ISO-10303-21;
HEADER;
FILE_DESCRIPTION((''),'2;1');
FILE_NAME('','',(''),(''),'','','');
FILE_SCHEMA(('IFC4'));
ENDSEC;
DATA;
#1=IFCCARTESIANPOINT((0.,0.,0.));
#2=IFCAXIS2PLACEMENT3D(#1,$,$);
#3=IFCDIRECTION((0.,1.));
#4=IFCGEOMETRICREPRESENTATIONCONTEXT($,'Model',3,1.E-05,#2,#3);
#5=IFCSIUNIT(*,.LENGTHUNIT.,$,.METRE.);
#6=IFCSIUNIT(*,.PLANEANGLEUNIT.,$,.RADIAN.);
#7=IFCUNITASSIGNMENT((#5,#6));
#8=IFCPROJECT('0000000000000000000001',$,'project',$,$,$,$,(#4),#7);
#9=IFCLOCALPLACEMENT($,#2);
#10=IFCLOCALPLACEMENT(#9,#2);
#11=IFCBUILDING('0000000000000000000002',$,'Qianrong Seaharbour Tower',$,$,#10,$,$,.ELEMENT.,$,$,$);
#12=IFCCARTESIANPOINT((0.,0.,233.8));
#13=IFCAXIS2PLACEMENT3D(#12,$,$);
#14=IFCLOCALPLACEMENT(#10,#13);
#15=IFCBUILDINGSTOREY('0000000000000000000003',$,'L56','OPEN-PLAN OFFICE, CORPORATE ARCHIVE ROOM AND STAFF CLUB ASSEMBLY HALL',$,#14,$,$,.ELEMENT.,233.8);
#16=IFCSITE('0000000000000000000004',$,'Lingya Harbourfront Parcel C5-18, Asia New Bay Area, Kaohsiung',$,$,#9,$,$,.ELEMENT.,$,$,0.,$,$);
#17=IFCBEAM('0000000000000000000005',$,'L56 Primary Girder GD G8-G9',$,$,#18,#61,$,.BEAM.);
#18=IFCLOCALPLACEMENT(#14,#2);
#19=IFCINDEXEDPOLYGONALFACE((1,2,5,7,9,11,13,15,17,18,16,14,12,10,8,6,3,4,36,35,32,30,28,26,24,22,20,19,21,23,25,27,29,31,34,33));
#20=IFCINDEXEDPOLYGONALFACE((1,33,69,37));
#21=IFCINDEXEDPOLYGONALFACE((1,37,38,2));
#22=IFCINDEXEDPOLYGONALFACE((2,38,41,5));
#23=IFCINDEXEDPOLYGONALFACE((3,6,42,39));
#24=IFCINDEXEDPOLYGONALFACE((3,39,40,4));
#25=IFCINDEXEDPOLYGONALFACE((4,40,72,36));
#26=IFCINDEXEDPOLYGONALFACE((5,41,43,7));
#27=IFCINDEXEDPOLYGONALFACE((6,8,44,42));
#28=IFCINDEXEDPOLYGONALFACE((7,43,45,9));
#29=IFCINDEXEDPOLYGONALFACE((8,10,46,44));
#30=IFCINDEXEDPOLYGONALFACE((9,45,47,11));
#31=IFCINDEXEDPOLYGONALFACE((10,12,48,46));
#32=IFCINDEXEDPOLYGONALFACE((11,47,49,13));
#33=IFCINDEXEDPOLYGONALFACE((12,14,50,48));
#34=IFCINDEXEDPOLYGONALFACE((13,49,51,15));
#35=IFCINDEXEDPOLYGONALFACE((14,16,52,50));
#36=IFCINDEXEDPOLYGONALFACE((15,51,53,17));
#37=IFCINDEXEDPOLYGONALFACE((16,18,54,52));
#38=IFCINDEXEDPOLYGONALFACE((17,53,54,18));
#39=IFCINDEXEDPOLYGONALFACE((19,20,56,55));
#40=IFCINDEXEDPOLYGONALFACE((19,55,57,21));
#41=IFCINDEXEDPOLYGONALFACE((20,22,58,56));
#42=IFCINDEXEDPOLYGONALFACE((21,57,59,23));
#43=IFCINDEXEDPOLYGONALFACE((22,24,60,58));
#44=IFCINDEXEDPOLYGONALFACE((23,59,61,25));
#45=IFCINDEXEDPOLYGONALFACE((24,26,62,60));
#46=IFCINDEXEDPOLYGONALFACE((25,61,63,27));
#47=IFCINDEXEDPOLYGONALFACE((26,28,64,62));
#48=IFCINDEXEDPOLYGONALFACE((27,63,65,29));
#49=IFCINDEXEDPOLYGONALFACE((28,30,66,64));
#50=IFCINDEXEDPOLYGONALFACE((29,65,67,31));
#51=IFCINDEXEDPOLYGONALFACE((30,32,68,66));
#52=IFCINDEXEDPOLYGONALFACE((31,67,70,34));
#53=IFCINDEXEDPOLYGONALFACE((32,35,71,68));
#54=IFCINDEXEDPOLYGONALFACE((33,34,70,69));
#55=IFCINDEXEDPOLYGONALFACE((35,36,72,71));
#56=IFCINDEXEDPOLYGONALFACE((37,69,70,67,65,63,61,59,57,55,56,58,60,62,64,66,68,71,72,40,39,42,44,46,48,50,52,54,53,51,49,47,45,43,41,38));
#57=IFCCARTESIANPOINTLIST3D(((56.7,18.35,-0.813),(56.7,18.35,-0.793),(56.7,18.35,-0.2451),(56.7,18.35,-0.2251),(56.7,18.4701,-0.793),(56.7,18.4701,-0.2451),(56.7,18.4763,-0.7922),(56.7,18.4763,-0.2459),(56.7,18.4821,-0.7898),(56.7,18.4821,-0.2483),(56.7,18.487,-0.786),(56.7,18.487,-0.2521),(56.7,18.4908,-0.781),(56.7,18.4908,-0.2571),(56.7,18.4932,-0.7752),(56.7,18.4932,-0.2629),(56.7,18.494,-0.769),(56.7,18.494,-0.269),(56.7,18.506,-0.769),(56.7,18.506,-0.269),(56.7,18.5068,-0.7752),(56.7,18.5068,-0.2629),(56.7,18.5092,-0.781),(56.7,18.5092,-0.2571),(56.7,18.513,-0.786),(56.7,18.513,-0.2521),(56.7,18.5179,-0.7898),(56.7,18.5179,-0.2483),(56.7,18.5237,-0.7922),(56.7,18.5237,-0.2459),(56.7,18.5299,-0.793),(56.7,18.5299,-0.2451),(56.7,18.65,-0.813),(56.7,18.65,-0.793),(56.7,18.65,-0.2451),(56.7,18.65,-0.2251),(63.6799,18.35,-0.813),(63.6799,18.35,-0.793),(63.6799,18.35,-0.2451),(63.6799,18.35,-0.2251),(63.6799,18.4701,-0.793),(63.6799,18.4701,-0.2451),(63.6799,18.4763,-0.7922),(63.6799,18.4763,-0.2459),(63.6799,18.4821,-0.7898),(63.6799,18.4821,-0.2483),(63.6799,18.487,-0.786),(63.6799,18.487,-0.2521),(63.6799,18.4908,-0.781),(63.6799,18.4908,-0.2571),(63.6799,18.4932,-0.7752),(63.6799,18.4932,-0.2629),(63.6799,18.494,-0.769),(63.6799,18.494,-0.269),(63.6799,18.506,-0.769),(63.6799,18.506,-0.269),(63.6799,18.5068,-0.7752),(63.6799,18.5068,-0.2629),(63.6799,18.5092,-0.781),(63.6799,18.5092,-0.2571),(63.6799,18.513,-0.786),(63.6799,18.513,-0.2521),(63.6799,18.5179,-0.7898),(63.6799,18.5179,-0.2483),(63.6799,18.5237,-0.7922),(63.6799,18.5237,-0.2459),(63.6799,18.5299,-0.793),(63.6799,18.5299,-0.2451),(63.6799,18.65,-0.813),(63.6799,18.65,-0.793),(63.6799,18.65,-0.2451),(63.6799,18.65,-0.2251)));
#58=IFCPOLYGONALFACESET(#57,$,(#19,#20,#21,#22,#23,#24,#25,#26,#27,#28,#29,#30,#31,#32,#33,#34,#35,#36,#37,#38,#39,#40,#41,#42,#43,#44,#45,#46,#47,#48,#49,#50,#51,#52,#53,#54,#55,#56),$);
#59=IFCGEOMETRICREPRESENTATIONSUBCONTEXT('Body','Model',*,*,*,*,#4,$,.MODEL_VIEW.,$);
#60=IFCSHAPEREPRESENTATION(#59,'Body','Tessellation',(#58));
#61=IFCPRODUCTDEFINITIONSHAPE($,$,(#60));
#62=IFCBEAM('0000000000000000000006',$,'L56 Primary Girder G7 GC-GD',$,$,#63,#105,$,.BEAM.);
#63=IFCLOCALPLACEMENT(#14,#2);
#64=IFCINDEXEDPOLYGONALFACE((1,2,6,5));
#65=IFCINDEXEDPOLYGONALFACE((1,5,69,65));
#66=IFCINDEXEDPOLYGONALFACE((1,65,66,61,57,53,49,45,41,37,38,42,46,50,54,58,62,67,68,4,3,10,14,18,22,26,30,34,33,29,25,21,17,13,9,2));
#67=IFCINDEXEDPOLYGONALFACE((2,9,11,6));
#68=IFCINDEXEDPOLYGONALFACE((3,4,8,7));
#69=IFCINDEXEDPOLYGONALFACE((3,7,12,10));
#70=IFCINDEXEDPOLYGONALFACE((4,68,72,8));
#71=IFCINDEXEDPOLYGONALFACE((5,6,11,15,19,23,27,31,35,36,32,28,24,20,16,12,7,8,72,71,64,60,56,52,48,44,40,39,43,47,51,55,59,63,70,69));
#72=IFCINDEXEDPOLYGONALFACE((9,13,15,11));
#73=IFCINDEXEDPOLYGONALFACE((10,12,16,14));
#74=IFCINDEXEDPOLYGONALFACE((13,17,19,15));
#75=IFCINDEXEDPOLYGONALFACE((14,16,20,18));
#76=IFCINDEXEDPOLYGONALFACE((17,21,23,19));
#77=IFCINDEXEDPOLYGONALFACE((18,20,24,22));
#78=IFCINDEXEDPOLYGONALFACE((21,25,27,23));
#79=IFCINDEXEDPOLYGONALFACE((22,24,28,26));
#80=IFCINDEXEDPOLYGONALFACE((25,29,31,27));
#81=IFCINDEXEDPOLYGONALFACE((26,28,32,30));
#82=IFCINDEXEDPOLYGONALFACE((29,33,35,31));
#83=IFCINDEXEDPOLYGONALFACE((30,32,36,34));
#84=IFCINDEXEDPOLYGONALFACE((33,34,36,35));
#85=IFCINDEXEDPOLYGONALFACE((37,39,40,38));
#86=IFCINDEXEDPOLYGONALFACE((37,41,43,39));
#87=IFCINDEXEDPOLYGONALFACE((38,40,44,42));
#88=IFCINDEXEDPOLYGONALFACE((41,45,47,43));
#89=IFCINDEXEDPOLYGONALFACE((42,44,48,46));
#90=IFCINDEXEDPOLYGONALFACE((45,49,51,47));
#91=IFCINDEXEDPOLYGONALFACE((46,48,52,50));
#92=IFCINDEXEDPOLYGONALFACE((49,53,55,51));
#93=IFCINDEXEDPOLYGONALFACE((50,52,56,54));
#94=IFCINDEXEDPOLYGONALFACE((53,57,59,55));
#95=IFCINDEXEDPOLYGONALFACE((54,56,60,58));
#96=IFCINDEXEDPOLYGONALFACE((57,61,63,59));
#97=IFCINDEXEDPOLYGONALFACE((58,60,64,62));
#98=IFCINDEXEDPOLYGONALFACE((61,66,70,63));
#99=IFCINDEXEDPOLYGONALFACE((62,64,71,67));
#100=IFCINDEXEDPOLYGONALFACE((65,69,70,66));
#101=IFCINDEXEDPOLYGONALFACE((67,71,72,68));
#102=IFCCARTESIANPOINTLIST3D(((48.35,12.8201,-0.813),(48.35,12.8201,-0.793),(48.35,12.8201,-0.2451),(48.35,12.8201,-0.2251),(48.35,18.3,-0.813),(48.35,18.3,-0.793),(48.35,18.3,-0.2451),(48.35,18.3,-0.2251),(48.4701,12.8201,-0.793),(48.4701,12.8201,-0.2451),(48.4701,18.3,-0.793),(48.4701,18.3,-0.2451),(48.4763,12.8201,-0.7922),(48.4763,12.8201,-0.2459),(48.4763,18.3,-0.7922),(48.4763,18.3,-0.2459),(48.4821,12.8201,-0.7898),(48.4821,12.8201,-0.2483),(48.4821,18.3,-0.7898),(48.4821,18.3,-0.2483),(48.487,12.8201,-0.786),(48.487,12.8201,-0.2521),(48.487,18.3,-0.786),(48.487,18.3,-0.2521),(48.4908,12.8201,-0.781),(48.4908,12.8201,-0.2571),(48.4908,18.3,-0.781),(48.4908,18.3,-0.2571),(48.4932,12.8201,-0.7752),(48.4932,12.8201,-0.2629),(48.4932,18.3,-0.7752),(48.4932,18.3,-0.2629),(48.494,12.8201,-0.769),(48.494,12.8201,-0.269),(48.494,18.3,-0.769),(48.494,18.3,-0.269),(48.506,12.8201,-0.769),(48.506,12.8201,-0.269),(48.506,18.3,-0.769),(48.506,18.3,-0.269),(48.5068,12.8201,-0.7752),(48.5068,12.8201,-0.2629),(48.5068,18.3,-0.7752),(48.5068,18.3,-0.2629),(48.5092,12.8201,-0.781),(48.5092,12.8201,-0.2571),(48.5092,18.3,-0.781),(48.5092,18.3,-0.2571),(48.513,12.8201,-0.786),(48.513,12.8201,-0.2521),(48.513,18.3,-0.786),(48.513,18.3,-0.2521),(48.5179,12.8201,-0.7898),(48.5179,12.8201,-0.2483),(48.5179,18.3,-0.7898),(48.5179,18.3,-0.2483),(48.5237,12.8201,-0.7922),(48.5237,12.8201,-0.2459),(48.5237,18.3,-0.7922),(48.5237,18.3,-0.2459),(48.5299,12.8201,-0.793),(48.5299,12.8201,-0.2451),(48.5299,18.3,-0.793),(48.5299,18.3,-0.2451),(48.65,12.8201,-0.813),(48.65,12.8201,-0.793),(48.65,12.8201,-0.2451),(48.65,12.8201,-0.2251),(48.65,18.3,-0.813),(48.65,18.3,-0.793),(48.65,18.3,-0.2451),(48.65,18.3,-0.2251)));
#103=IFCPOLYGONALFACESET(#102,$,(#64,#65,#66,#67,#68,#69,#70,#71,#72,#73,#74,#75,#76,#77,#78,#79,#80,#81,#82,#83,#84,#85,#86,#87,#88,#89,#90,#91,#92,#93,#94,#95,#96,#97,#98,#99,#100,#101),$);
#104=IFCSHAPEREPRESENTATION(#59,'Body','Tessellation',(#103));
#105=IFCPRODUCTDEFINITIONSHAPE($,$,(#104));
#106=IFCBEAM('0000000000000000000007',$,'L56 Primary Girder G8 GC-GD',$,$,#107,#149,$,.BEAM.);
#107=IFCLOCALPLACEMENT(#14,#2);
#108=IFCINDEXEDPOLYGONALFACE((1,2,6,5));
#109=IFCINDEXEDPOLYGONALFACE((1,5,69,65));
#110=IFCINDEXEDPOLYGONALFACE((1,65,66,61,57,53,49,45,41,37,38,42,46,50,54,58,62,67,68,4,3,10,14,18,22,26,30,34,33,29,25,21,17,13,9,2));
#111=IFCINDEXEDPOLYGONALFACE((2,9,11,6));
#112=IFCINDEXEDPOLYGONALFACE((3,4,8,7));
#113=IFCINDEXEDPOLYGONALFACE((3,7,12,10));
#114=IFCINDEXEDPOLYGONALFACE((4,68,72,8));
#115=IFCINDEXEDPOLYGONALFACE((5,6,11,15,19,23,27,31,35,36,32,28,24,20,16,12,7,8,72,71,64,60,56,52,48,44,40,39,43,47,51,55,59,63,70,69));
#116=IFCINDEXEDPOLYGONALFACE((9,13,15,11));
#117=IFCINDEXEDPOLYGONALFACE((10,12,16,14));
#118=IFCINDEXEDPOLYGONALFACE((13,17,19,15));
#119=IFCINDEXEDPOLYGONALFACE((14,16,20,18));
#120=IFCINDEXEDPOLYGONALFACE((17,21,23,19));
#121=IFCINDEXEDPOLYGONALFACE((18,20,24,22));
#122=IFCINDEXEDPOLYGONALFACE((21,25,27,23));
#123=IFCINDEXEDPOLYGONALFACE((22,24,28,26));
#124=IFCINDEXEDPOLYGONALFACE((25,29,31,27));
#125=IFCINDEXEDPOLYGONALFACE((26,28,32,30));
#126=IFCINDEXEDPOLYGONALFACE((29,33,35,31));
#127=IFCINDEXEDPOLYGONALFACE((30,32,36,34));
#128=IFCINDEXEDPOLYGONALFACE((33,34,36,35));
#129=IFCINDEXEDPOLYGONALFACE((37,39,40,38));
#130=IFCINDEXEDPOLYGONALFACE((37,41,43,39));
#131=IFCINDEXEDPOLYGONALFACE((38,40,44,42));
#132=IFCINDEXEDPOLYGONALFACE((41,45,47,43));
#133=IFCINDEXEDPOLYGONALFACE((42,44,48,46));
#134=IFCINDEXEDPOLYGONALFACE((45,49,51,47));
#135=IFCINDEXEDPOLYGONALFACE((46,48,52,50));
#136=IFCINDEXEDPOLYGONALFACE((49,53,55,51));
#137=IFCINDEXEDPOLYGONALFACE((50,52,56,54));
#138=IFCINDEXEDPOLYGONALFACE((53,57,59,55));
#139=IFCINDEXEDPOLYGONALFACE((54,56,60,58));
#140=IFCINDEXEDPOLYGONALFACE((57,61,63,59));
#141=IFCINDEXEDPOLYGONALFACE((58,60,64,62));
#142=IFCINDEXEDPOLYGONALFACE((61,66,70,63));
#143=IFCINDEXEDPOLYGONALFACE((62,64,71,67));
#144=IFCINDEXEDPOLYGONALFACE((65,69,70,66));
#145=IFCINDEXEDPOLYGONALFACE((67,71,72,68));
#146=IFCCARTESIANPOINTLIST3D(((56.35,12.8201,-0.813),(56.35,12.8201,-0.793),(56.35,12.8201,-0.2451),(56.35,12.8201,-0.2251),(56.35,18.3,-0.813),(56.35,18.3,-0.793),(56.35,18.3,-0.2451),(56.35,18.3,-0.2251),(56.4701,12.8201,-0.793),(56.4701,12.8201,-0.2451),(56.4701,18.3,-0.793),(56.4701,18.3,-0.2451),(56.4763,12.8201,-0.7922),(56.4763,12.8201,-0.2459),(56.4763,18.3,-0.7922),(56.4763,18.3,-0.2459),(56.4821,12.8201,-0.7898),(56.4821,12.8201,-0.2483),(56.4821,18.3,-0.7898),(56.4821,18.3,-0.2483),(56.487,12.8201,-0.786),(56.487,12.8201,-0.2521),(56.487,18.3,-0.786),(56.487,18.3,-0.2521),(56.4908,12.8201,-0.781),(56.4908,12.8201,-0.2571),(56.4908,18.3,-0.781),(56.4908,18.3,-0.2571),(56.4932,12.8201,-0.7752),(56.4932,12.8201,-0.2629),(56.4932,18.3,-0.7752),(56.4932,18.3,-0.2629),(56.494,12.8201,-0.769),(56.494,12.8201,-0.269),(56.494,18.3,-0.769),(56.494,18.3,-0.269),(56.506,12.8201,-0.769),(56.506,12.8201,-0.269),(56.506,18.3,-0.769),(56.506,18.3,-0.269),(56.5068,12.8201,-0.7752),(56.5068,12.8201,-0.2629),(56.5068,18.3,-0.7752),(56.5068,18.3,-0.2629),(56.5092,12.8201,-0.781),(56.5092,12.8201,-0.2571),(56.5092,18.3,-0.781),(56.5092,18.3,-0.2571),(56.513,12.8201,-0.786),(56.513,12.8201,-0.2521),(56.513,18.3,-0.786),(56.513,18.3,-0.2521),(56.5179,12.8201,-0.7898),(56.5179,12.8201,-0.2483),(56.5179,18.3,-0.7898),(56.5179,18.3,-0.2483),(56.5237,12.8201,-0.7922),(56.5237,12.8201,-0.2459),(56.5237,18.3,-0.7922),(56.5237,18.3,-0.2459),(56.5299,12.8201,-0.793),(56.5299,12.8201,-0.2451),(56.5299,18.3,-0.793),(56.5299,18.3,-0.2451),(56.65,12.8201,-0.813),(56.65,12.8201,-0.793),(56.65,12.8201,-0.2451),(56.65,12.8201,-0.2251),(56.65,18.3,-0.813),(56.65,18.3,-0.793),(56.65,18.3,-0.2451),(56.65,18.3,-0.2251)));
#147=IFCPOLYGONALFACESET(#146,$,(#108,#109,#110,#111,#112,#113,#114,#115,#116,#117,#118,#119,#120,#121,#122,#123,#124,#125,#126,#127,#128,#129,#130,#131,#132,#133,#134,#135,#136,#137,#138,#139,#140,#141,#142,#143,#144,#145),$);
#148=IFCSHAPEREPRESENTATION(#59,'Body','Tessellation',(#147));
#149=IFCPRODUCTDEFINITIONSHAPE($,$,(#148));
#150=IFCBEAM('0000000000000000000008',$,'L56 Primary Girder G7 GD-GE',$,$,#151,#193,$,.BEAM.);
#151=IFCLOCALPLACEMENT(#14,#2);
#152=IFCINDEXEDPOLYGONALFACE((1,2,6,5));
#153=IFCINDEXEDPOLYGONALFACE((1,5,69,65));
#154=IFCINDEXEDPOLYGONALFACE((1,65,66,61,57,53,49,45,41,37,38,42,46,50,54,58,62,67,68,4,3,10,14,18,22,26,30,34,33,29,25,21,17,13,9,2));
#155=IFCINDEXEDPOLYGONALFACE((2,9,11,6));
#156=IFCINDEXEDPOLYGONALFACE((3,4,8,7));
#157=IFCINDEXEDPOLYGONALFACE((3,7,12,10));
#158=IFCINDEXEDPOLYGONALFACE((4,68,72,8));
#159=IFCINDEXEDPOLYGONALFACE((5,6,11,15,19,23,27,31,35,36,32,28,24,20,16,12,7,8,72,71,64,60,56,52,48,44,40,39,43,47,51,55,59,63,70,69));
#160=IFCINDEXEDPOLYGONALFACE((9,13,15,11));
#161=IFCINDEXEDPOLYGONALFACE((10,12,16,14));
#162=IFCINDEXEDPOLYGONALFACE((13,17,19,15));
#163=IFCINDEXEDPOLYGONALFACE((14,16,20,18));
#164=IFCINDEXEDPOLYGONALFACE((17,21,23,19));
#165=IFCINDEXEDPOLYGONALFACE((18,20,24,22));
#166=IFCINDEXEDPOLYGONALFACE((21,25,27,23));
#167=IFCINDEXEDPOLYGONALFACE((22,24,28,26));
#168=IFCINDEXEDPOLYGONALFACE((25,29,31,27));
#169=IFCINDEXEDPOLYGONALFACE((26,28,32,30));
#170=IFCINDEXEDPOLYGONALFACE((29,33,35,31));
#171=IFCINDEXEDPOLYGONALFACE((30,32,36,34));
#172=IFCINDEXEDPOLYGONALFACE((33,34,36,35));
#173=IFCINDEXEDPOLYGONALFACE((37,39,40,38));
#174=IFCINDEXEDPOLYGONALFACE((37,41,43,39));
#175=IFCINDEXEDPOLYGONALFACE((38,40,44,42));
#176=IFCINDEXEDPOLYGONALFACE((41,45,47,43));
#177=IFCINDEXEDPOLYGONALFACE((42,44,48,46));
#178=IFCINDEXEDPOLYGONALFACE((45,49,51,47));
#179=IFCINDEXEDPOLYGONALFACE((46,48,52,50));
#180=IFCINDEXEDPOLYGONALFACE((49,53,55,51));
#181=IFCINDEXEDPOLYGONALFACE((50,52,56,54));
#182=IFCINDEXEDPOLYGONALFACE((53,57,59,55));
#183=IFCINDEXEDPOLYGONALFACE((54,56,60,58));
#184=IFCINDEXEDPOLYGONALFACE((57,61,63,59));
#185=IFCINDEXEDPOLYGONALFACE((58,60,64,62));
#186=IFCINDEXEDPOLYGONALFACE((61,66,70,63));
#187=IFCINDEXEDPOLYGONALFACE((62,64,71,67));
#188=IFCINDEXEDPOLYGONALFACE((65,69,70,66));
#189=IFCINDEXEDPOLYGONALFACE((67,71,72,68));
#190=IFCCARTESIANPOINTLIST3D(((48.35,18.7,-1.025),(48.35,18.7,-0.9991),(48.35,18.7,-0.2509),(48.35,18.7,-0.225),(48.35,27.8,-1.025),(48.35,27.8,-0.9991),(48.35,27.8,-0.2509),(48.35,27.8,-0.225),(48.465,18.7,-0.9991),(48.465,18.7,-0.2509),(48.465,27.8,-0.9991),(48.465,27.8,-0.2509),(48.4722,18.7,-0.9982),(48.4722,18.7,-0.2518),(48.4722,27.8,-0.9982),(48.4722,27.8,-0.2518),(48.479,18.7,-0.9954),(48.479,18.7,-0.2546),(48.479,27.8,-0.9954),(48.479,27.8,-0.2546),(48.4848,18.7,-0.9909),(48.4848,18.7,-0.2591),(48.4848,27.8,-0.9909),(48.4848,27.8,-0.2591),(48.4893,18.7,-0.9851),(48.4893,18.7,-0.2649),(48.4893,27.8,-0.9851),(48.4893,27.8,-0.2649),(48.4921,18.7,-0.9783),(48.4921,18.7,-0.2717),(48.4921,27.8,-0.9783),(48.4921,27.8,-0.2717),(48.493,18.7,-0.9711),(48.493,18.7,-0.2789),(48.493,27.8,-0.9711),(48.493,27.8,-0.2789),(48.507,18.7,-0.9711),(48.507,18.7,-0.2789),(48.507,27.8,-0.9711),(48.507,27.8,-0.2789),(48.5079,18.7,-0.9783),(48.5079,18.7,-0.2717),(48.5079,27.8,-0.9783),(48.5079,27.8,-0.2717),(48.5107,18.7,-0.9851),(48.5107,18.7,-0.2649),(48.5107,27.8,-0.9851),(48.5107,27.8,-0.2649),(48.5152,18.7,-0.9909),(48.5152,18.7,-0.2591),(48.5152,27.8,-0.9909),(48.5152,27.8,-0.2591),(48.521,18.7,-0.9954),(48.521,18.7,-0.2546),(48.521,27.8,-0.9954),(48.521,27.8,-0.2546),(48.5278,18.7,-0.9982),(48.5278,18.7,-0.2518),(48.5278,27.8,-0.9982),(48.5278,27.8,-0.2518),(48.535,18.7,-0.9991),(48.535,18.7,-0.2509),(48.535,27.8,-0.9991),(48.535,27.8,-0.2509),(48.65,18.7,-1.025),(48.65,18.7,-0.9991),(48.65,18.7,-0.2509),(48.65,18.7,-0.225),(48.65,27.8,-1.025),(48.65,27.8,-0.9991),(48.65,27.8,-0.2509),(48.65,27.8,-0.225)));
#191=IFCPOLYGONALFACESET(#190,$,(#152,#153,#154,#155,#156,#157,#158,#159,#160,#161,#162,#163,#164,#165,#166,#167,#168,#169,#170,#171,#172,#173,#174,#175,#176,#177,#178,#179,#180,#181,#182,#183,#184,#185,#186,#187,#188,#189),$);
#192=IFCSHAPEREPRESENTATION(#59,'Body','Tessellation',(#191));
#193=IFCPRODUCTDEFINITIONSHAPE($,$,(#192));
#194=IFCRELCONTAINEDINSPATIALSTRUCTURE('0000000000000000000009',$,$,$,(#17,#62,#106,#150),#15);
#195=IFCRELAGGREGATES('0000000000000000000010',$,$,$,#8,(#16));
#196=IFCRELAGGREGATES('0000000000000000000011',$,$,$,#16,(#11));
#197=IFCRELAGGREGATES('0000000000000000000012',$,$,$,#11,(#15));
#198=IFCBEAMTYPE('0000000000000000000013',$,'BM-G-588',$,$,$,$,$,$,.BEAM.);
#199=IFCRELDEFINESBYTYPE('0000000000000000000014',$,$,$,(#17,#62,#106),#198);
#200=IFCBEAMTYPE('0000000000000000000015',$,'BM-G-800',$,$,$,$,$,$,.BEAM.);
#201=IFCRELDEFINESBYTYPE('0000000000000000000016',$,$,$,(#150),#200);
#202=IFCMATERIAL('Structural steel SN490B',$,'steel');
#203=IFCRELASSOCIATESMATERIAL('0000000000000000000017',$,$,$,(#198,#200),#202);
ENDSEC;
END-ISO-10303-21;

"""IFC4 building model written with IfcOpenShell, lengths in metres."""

from ifc_helpers import new_model, si_unit, direction, frame, origin, origin_2d, place, context, subcontext, project, spatial, i_section, extrude, material, material_profile, profile_set, type_object, element, save


model = new_model("IFC4")

# Units and contexts
model_context = context("Model", 3, precision=1e-05, world=origin(), true_north=direction((0.0, 1.0)))
body_context = subcontext(model_context, "Body", "Model", "MODEL_VIEW")
ifc_project = project(units=[si_unit("LENGTHUNIT", "METRE"), si_unit("PLANEANGLEUNIT", "RADIAN")], contexts=[model_context])

# Site, building, storey
site_placement = place(None, origin())
site = spatial("IfcSite", under=ifc_project, at=site_placement, Name="Lingya Harbourfront Parcel C5-18, Asia New Bay Area, Kaohsiung", CompositionType="ELEMENT", RefElevation=0.0)
building_placement = place(site_placement, origin())
building = spatial("IfcBuilding", under=site, at=building_placement, Name="Qianrong Seaharbour Tower", CompositionType="ELEMENT")
storey_placement = place(building_placement, frame((0.0, 0.0, 233.8)))
storey = spatial("IfcBuildingStorey", under=building, at=storey_placement, Name="L56", Description="OPEN-PLAN OFFICE, CORPORATE ARCHIVE ROOM AND STAFF CLUB ASSEMBLY HALL", CompositionType="ELEMENT", Elevation=233.8)

# Shared definitions
ifc_material_1 = material(Name="Structural steel SN490B", Category="steel")

# Beams
ifc_material_profile_1 = material_profile(ifc_material_1, i_section(OverallWidth=0.3, OverallDepth=0.5879, WebThickness=0.012, FlangeThickness=0.02, FilletRadius=0.0239, at=origin_2d()), Name="H588x300x12x20")
ifc_profile_set_1 = profile_set([ifc_material_profile_1], Name="Structural steel SN490B")
beam_type_1 = type_object("IfcBeamType", Name="BM-G-588", PredefinedType="BEAM", material=ifc_profile_set_1)
beam_1_placement = place(storey_placement, frame((56.7, 18.5, -0.519), z_axis=(1.0, 0.0, 0.0), x_axis=(0.0, 1.0, 0.0)))
element("IfcBeam", 1, at=beam_1_placement, inside=storey, type_object=beam_type_1, Name="L56 Primary Girder GD G8-G9", PredefinedType="BEAM", context=body_context, shape_type="SweptSolid", body=[
    extrude(i_section(OverallWidth=0.3, OverallDepth=0.5879, WebThickness=0.012, FlangeThickness=0.02, FilletRadius=0.0239, at=origin_2d()), origin(), (0.0, 0.0, 1.0), 6.98),
])
for number, where, z_axis, x_axis, name in (
    (2, (48.5, 12.8201, -0.519), (0.0, 1.0, 0.0), (-1.0, 0.0, 0.0), "L56 Primary Girder G7 GC-GD"),
    (3, (56.5, 12.8201, -0.519), (0.0, 1.0, 0.0), (-1.0, 0.0, 0.0), "L56 Primary Girder G8 GC-GD"),
):
    element("IfcBeam", number, at=place(storey_placement, frame(where, z_axis=z_axis, x_axis=x_axis)), inside=storey, type_object=beam_type_1, Name=name, PredefinedType="BEAM", context=body_context, shape_type="SweptSolid", body=[
        extrude(i_section(OverallWidth=0.3, OverallDepth=0.5879, WebThickness=0.012, FlangeThickness=0.02, FilletRadius=0.0239, at=origin_2d()), origin(), (0.0, 0.0, 1.0), 5.48),
    ])
ifc_material_profile_2 = material_profile(ifc_material_1, i_section(OverallWidth=0.3, OverallDepth=0.8, WebThickness=0.0139, FlangeThickness=0.0259, FilletRadius=0.0281, at=origin_2d()), Name="H800x300x14x26")
ifc_profile_set_2 = profile_set([ifc_material_profile_2], Name="Structural steel SN490B")
beam_type_2 = type_object("IfcBeamType", Name="BM-G-800", PredefinedType="BEAM", material=ifc_profile_set_2)
for number, where, z_axis, x_axis, name in (
    (4, (48.5, 18.7, -0.625), (0.0, 1.0, 0.0), (-1.0, 0.0, 0.0), "L56 Primary Girder G7 GD-GE"),
):
    element("IfcBeam", number, at=place(storey_placement, frame(where, z_axis=z_axis, x_axis=x_axis)), inside=storey, type_object=beam_type_2, Name=name, PredefinedType="BEAM", context=body_context, shape_type="SweptSolid", body=[
        extrude(i_section(OverallWidth=0.3, OverallDepth=0.8, WebThickness=0.0139, FlangeThickness=0.0259, FilletRadius=0.0281, at=origin_2d()), origin(), (0.0, 0.0, 1.0), 9.1001),
    ])

save(model, "model.ifc")
